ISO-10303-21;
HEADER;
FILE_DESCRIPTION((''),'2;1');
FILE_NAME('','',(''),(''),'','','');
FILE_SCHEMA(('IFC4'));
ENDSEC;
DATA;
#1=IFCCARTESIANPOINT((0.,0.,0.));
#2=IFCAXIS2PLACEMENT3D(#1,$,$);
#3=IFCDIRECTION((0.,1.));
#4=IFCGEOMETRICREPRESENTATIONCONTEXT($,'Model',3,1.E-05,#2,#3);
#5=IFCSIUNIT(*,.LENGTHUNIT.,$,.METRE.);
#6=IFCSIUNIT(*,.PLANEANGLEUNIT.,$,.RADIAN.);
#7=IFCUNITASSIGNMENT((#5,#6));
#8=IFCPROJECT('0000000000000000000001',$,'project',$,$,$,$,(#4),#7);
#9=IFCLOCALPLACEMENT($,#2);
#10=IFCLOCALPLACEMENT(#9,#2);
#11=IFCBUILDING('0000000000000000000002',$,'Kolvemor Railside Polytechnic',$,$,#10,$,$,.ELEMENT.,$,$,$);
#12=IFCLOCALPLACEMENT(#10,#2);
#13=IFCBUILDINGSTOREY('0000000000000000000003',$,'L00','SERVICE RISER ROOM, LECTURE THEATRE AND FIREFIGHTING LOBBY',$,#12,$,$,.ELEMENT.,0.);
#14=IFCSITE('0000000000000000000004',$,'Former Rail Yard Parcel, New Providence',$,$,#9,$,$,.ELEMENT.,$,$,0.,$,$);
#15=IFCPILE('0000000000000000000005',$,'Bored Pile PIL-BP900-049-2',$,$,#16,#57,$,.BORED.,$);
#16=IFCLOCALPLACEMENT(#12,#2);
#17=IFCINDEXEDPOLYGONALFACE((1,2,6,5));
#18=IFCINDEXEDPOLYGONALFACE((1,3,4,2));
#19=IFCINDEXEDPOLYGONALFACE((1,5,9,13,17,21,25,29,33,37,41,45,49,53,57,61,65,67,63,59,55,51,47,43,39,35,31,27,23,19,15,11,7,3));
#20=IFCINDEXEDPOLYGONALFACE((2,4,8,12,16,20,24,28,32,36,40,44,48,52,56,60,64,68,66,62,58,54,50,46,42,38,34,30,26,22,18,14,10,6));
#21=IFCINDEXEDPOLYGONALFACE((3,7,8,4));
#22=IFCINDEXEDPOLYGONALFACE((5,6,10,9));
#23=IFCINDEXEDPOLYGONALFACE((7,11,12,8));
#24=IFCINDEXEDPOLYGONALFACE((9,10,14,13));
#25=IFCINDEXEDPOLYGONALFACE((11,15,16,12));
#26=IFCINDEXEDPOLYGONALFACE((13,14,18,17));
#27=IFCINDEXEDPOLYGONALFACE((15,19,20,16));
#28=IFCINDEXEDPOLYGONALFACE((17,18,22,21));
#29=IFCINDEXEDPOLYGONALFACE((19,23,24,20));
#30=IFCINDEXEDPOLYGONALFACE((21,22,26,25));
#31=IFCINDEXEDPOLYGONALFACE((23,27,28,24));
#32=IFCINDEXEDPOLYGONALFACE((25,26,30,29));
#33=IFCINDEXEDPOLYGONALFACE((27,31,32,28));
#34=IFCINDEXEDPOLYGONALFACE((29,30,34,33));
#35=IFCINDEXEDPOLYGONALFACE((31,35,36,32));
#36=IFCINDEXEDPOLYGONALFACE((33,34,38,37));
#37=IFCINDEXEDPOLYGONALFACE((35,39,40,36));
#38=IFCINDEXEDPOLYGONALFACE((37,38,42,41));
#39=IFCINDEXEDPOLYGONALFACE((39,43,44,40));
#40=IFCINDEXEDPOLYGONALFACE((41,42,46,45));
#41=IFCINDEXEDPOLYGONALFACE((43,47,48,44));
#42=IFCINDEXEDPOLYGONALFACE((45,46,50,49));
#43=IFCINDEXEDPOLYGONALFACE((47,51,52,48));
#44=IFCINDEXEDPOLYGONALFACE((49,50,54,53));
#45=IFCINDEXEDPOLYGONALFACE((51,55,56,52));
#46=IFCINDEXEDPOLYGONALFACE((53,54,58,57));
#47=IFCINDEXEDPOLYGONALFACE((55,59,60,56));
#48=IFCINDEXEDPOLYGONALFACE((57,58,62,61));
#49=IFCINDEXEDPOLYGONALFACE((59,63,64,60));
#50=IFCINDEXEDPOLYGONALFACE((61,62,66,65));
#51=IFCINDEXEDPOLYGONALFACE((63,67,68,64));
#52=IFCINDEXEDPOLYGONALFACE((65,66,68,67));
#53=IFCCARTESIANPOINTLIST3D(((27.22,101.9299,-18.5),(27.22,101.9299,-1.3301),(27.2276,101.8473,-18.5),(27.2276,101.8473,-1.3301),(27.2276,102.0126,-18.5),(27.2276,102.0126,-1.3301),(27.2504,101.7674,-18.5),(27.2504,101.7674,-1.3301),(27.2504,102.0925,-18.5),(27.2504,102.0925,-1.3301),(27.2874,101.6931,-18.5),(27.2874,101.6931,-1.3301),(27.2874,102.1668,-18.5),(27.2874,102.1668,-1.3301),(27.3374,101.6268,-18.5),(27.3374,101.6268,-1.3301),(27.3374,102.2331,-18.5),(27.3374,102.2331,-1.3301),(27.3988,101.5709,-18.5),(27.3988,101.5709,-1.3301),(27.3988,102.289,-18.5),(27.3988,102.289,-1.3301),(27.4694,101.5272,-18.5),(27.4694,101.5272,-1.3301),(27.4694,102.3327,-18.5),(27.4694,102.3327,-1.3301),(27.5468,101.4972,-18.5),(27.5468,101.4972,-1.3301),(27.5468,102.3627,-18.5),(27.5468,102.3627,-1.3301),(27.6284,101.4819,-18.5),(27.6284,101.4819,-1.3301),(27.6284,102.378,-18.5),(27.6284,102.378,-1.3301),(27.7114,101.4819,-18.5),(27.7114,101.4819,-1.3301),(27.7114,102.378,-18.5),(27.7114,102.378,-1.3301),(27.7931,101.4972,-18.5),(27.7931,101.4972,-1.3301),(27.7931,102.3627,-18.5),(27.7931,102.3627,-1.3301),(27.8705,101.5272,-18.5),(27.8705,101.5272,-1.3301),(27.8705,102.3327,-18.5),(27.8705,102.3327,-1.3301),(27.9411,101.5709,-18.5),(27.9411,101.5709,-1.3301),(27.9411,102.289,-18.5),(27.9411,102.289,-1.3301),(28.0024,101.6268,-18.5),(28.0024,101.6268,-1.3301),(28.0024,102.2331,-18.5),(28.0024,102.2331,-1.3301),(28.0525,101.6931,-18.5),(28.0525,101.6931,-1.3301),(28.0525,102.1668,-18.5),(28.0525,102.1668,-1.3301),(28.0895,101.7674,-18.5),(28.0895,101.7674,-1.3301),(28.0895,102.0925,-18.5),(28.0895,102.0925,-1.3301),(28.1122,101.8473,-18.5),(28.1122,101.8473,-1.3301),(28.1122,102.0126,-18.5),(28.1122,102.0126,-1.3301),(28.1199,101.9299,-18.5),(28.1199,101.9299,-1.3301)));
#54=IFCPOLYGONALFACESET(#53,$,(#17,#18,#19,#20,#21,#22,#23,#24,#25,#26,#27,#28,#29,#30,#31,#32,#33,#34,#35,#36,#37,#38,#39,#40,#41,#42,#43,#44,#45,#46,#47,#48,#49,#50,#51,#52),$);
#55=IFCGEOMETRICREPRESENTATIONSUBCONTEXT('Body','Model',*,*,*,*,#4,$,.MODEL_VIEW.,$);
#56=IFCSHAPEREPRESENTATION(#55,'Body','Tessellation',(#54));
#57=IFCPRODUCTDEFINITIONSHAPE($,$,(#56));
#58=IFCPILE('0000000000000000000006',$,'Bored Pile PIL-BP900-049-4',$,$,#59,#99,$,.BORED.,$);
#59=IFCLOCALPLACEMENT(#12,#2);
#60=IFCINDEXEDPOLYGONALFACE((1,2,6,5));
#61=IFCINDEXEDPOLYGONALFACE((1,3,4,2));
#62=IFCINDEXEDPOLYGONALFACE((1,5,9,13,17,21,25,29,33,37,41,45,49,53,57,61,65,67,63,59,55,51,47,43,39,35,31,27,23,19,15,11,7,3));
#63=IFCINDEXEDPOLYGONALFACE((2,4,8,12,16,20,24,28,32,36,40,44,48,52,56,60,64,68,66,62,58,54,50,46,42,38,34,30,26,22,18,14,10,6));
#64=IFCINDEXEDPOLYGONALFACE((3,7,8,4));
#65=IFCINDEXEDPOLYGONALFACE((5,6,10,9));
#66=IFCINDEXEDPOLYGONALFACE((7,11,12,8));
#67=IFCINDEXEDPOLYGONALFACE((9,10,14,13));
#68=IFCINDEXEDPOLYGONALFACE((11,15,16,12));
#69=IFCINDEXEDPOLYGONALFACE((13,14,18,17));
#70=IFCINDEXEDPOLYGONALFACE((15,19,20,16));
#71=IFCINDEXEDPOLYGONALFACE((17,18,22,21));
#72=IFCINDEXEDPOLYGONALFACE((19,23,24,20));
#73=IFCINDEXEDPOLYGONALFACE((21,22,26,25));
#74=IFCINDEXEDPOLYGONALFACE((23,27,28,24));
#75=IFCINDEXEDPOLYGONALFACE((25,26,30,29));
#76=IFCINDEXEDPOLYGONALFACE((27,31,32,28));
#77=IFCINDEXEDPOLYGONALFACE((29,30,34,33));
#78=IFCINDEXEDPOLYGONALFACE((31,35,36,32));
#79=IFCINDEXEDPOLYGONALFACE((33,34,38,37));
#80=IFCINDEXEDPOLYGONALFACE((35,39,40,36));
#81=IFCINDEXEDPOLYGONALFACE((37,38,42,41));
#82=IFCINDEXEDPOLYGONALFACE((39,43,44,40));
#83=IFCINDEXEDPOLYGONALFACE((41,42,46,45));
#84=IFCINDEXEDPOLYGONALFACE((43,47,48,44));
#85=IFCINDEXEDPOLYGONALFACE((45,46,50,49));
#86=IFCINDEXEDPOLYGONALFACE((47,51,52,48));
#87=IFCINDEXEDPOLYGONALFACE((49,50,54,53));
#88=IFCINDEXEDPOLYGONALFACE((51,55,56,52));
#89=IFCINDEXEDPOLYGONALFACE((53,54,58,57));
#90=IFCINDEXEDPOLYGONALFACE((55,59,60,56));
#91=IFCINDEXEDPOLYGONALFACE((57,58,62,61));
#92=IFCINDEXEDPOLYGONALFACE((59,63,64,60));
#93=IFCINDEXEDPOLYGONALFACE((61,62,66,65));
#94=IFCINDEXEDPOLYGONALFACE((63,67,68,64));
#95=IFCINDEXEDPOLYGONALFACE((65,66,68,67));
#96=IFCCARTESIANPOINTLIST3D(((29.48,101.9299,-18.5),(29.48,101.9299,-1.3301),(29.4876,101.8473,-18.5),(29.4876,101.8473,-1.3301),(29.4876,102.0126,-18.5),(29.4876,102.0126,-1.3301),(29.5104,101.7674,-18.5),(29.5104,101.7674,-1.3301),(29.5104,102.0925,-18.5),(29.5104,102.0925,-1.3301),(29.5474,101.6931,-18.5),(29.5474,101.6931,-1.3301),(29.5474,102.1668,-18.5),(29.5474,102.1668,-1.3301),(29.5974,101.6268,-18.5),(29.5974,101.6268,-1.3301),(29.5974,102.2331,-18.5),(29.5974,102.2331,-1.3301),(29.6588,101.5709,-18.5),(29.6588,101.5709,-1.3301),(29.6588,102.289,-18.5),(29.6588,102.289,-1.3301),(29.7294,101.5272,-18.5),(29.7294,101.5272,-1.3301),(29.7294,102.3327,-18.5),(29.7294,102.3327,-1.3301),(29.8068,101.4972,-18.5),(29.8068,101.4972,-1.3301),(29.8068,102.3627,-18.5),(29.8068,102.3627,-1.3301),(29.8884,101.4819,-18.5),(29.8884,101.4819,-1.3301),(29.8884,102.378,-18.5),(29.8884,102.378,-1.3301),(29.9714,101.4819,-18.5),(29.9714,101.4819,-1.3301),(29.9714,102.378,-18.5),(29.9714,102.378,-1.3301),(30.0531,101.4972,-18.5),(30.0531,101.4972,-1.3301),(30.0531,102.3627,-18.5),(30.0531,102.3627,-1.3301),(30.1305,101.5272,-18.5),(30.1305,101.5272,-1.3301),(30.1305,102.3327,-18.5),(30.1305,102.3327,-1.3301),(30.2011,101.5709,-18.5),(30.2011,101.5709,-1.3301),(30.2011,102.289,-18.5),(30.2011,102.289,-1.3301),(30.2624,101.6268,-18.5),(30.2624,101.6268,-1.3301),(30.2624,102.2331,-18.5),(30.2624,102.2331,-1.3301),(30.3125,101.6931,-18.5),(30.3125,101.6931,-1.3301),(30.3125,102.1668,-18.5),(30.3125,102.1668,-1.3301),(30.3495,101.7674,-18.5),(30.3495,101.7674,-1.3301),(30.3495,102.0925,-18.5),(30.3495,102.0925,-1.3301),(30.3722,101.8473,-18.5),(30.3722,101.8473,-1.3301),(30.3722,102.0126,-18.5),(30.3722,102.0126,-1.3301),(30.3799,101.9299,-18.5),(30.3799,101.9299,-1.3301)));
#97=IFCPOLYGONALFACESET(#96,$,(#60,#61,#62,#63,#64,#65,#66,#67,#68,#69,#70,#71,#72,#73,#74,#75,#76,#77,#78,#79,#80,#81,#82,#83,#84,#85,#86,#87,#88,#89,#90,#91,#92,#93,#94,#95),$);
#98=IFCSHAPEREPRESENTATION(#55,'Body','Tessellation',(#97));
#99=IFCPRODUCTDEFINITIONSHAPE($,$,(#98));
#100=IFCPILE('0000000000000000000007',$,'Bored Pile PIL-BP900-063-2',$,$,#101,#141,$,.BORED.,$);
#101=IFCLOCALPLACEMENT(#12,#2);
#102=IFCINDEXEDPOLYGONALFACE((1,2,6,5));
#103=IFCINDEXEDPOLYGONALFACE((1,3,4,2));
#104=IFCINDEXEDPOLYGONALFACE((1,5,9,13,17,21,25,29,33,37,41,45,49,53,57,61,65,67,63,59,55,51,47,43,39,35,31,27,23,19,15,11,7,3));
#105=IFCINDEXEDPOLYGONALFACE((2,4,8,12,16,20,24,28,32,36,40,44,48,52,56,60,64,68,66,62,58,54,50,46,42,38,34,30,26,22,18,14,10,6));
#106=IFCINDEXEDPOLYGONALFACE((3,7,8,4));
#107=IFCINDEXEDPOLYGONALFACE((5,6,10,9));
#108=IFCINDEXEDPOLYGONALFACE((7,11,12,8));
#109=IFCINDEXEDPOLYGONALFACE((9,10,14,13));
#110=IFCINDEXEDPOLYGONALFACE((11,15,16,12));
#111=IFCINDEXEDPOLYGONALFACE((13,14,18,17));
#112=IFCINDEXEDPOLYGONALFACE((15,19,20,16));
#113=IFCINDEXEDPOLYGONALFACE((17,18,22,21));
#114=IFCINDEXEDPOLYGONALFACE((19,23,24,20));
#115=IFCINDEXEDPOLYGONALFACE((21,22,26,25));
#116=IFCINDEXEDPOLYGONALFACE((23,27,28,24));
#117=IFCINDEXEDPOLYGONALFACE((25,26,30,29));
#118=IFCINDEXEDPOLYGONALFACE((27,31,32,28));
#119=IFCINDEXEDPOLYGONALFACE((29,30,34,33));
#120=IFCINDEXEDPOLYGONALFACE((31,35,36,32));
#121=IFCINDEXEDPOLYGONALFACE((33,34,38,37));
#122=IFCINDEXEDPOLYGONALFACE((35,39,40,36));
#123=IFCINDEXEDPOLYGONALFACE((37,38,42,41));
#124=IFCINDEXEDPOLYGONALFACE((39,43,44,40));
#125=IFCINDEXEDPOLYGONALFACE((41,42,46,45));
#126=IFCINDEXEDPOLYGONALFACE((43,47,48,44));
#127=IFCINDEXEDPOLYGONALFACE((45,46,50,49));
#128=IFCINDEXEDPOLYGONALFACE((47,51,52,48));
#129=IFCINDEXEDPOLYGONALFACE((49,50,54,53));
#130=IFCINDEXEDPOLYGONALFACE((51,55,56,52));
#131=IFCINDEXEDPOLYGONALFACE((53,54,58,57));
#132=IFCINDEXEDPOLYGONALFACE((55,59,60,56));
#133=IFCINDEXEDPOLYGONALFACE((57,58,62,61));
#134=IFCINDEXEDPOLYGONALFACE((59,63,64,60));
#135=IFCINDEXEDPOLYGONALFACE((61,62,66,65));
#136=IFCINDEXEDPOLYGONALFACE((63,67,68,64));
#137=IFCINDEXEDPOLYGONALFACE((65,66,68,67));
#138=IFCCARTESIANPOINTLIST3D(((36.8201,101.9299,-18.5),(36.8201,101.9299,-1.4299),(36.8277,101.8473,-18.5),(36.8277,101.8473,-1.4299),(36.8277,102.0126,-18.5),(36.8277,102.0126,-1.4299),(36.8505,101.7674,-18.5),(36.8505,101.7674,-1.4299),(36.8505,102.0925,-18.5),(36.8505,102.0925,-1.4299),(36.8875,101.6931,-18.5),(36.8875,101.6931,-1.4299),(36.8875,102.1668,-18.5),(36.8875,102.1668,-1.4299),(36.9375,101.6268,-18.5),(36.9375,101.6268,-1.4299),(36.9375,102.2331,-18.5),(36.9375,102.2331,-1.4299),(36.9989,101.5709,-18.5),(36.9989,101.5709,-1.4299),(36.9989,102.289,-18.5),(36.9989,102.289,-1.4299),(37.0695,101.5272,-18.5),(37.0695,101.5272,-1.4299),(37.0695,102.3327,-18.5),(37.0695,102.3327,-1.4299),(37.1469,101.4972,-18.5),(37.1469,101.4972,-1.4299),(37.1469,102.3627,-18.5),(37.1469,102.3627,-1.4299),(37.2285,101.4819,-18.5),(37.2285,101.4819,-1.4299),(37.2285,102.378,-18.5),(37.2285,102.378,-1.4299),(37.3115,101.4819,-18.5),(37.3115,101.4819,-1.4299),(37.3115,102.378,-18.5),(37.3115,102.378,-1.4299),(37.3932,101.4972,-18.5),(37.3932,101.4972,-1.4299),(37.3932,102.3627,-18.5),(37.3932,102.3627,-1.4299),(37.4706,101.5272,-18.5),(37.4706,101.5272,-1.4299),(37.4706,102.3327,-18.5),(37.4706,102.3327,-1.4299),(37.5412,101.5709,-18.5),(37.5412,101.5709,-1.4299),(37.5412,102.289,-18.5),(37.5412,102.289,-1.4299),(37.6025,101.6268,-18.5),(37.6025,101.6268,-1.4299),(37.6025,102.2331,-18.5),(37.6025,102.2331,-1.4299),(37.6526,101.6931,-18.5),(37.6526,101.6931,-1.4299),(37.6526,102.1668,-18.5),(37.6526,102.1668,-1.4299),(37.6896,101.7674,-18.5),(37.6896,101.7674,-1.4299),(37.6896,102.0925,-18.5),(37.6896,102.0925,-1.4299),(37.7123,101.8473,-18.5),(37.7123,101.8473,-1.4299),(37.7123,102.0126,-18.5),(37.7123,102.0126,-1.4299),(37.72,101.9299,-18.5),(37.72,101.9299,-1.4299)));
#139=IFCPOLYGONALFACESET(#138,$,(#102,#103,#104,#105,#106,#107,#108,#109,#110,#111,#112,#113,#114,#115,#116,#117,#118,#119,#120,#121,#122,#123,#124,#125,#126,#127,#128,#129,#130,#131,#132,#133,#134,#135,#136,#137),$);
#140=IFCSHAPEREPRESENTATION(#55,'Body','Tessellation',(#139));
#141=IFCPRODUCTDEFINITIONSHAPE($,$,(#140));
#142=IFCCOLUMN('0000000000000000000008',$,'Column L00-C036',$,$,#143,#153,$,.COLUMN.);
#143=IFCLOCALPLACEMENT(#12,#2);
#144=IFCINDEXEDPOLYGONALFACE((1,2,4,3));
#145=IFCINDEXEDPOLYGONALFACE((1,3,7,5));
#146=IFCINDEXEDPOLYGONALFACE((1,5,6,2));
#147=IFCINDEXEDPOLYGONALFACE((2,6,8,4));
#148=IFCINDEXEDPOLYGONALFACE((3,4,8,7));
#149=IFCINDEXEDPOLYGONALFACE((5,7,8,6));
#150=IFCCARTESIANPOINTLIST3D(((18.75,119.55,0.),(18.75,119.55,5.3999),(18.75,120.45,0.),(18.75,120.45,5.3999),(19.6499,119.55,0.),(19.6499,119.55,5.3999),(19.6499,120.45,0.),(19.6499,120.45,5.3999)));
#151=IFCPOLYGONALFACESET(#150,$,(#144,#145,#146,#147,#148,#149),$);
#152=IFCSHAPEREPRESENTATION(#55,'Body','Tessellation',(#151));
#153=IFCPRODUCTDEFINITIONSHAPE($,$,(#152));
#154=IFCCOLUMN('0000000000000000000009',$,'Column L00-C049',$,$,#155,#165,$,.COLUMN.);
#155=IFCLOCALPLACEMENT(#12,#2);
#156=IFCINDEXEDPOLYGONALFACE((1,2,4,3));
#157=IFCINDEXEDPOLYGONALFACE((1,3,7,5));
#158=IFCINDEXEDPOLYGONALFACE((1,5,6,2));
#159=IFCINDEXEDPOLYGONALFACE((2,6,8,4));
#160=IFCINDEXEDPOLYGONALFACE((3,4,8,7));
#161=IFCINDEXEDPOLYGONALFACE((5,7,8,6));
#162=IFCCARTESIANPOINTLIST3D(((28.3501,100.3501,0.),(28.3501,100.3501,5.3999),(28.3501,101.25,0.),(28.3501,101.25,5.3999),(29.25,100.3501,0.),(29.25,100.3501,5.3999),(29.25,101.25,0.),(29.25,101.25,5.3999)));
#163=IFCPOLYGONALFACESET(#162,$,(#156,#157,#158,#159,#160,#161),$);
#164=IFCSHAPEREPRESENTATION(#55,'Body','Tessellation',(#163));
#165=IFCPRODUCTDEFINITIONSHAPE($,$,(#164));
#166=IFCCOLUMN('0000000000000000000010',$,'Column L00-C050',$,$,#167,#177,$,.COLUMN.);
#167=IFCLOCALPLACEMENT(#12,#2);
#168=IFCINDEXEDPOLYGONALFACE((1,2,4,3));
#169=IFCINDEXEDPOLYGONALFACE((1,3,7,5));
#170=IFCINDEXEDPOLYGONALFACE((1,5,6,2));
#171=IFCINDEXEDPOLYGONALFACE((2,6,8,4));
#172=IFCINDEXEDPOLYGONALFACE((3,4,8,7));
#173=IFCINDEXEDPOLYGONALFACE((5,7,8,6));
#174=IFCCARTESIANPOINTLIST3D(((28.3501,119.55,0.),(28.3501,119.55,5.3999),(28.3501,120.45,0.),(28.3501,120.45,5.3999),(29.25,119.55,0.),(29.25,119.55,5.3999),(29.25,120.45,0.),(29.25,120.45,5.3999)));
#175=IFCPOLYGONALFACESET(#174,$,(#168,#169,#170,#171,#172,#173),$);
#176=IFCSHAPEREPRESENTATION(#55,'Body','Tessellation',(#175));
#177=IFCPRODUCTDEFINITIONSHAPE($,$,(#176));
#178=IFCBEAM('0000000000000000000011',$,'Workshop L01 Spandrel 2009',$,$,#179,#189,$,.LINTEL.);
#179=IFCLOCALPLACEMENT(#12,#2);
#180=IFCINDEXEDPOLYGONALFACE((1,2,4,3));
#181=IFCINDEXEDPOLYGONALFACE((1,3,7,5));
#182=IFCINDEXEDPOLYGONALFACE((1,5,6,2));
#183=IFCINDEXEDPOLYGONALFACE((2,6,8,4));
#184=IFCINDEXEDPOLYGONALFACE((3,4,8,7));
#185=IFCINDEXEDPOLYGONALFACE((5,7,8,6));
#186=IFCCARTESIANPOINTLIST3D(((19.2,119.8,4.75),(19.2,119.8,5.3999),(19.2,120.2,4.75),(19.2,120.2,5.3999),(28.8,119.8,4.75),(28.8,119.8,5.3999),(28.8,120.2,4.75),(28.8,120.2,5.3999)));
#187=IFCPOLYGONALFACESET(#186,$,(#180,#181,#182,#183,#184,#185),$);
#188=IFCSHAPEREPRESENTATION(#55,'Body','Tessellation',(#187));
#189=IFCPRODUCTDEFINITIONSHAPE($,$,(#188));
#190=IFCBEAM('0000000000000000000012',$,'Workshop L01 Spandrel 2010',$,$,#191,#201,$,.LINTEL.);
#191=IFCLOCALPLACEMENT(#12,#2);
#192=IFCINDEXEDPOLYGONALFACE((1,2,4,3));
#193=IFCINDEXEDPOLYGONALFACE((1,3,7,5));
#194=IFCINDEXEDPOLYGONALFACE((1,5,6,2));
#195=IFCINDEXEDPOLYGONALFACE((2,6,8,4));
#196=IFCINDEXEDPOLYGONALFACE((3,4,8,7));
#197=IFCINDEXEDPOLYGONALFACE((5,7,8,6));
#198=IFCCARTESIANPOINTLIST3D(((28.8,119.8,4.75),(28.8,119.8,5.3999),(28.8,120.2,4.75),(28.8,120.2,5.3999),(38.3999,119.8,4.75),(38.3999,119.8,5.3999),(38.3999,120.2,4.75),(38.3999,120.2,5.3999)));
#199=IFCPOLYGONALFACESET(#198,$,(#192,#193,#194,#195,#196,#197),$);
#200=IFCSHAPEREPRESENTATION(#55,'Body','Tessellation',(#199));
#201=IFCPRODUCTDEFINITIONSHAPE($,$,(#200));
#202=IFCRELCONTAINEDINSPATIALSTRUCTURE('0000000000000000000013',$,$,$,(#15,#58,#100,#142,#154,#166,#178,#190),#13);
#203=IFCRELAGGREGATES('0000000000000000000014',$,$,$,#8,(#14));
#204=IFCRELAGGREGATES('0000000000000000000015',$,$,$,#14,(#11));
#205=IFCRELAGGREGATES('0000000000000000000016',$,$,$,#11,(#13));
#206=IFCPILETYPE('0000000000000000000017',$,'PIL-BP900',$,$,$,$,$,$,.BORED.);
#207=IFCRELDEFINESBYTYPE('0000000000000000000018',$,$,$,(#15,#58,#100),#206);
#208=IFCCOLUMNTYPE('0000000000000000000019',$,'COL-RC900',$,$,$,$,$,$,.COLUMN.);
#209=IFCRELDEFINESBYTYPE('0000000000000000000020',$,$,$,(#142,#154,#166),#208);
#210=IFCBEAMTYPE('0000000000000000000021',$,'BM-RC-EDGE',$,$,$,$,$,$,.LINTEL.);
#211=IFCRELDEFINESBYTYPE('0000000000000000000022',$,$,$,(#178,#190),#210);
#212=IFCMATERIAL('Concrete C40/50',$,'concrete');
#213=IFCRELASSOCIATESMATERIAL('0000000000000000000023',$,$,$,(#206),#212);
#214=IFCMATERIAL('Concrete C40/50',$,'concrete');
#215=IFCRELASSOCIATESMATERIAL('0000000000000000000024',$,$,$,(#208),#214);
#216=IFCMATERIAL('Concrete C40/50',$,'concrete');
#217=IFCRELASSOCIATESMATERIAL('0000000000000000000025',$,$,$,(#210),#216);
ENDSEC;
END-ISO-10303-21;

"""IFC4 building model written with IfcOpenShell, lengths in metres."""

from ifc_helpers import new_model, si_unit, direction, frame, origin, origin_2d, place, context, subcontext, project, spatial, rectangle, circle, extrude, material, material_profile, profile_set, type_object, element, save


model = new_model("IFC4")

# Units and contexts
model_context = context("Model", 3, precision=1e-05, world=origin(), true_north=direction((0.0, 1.0)))
body_context = subcontext(model_context, "Body", "Model", "MODEL_VIEW")
ifc_project = project(units=[si_unit("LENGTHUNIT", "METRE"), si_unit("PLANEANGLEUNIT", "RADIAN")], contexts=[model_context])

# Site, building, storey
site_placement = place(None, origin())
site = spatial("IfcSite", under=ifc_project, at=site_placement, Name="Former Rail Yard Parcel, New Providence", CompositionType="ELEMENT", RefElevation=0.0)
building_placement = place(site_placement, origin())
building = spatial("IfcBuilding", under=site, at=building_placement, Name="Kolvemor Railside Polytechnic", CompositionType="ELEMENT")
storey_placement = place(building_placement, origin())
storey = spatial("IfcBuildingStorey", under=building, at=storey_placement, Name="L00", Description="SERVICE RISER ROOM, LECTURE THEATRE AND FIREFIGHTING LOBBY", CompositionType="ELEMENT", Elevation=0.0)

# Piles
ifc_material_1 = material(Name="Concrete C40/50", Category="concrete")
ifc_material_profile_1 = material_profile(ifc_material_1, circle(Radius=0.45, at=origin_2d()), Name="BP900")
ifc_profile_set_1 = profile_set([ifc_material_profile_1], Name="Concrete C40/50")
pile_type_1 = type_object("IfcPileType", Name="PIL-BP900", PredefinedType="BORED", material=ifc_profile_set_1)
for number, where, z_axis, x_axis, name in (
    (1, (27.6699, 101.9299, -1.3301), (0.0, 0.0, -1.0), (1.0, 0.0, 0.0), "Bored Pile PIL-BP900-049-2"),
    (2, (29.9299, 101.9299, -1.3301), (0.0, 0.0, -1.0), (1.0, 0.0, 0.0), "Bored Pile PIL-BP900-049-4"),
):
    element("IfcPile", number, at=place(storey_placement, frame(where, z_axis=z_axis, x_axis=x_axis)), inside=storey, type_object=pile_type_1, Name=name, PredefinedType="BORED", context=body_context, shape_type="SweptSolid", body=[
        extrude(circle(Radius=0.45, at=origin_2d()), origin(), (0.0, 0.0, 1.0), 17.1699),
    ])
pile_1_placement = place(storey_placement, frame((37.27, 101.9299, -1.4299), z_axis=(0.0, 0.0, -1.0), x_axis=(1.0, 0.0, 0.0)))
element("IfcPile", 3, at=pile_1_placement, inside=storey, type_object=pile_type_1, Name="Bored Pile PIL-BP900-063-2", PredefinedType="BORED", context=body_context, shape_type="SweptSolid", body=[
    extrude(circle(Radius=0.45, at=origin_2d()), origin(), (0.0, 0.0, 1.0), 17.0701),
])

# Columns
ifc_material_2 = material(Name="Concrete C40/50", Category="concrete")
ifc_material_profile_2 = material_profile(ifc_material_2, rectangle(XDim=0.8999, YDim=0.8999, at=origin_2d()), Name="RC900x900")
ifc_profile_set_2 = profile_set([ifc_material_profile_2], Name="Concrete C40/50")
column_type = type_object("IfcColumnType", Name="COL-RC900", PredefinedType="COLUMN", material=ifc_profile_set_2)
for number, where, z_axis, x_axis, name in (
    (4, (19.2, 120.0, 0.0), (0.0, 0.0, 1.0), (1.0, 0.0, 0.0), "Column L00-C036"),
    (5, (28.8, 100.8, 0.0), (0.0, 0.0, 1.0), (1.0, 0.0, 0.0), "Column L00-C049"),
    (6, (28.8, 120.0, 0.0), (0.0, 0.0, 1.0), (1.0, 0.0, 0.0), "Column L00-C050"),
):
    element("IfcColumn", number, at=place(storey_placement, frame(where, z_axis=z_axis, x_axis=x_axis)), inside=storey, type_object=column_type, Name=name, PredefinedType="COLUMN", context=body_context, shape_type="SweptSolid", body=[
        extrude(rectangle(XDim=0.8999, YDim=0.8999, at=origin_2d()), origin(), (0.0, 0.0, 1.0), 5.3999),
    ])

# Beams
ifc_material_3 = material(Name="Concrete C40/50", Category="concrete")
ifc_material_profile_3 = material_profile(ifc_material_3, rectangle(XDim=0.3999, YDim=0.6499, at=origin_2d()), Name="RC400x650")
ifc_profile_set_3 = profile_set([ifc_material_profile_3], Name="Concrete C40/50")
beam_type_1 = type_object("IfcBeamType", Name="BM-RC-EDGE", PredefinedType="LINTEL", material=ifc_profile_set_3)
beam_1_placement = place(storey_placement, frame((19.2, 120.0, 5.075), z_axis=(1.0, 0.0, 0.0), x_axis=(0.0, 1.0, 0.0)))
element("IfcBeam", 7, at=beam_1_placement, inside=storey, type_object=beam_type_1, Name="Workshop L01 Spandrel 2009", PredefinedType="LINTEL", context=body_context, shape_type="SweptSolid", body=[
    extrude(rectangle(XDim=0.3999, YDim=0.6499, at=origin_2d()), origin(), (0.0, 0.0, 1.0), 9.6001),
])
beam_2_placement = place(storey_placement, frame((28.8, 120.0, 5.075), z_axis=(1.0, 0.0, 0.0), x_axis=(0.0, 1.0, 0.0)))
element("IfcBeam", 8, at=beam_2_placement, inside=storey, type_object=beam_type_1, Name="Workshop L01 Spandrel 2010", PredefinedType="LINTEL", context=body_context, shape_type="SweptSolid", body=[
    extrude(rectangle(XDim=0.3999, YDim=0.6499, at=origin_2d()), origin(), (0.0, 0.0, 1.0), 9.5999),
])

save(model, "model.ifc")
